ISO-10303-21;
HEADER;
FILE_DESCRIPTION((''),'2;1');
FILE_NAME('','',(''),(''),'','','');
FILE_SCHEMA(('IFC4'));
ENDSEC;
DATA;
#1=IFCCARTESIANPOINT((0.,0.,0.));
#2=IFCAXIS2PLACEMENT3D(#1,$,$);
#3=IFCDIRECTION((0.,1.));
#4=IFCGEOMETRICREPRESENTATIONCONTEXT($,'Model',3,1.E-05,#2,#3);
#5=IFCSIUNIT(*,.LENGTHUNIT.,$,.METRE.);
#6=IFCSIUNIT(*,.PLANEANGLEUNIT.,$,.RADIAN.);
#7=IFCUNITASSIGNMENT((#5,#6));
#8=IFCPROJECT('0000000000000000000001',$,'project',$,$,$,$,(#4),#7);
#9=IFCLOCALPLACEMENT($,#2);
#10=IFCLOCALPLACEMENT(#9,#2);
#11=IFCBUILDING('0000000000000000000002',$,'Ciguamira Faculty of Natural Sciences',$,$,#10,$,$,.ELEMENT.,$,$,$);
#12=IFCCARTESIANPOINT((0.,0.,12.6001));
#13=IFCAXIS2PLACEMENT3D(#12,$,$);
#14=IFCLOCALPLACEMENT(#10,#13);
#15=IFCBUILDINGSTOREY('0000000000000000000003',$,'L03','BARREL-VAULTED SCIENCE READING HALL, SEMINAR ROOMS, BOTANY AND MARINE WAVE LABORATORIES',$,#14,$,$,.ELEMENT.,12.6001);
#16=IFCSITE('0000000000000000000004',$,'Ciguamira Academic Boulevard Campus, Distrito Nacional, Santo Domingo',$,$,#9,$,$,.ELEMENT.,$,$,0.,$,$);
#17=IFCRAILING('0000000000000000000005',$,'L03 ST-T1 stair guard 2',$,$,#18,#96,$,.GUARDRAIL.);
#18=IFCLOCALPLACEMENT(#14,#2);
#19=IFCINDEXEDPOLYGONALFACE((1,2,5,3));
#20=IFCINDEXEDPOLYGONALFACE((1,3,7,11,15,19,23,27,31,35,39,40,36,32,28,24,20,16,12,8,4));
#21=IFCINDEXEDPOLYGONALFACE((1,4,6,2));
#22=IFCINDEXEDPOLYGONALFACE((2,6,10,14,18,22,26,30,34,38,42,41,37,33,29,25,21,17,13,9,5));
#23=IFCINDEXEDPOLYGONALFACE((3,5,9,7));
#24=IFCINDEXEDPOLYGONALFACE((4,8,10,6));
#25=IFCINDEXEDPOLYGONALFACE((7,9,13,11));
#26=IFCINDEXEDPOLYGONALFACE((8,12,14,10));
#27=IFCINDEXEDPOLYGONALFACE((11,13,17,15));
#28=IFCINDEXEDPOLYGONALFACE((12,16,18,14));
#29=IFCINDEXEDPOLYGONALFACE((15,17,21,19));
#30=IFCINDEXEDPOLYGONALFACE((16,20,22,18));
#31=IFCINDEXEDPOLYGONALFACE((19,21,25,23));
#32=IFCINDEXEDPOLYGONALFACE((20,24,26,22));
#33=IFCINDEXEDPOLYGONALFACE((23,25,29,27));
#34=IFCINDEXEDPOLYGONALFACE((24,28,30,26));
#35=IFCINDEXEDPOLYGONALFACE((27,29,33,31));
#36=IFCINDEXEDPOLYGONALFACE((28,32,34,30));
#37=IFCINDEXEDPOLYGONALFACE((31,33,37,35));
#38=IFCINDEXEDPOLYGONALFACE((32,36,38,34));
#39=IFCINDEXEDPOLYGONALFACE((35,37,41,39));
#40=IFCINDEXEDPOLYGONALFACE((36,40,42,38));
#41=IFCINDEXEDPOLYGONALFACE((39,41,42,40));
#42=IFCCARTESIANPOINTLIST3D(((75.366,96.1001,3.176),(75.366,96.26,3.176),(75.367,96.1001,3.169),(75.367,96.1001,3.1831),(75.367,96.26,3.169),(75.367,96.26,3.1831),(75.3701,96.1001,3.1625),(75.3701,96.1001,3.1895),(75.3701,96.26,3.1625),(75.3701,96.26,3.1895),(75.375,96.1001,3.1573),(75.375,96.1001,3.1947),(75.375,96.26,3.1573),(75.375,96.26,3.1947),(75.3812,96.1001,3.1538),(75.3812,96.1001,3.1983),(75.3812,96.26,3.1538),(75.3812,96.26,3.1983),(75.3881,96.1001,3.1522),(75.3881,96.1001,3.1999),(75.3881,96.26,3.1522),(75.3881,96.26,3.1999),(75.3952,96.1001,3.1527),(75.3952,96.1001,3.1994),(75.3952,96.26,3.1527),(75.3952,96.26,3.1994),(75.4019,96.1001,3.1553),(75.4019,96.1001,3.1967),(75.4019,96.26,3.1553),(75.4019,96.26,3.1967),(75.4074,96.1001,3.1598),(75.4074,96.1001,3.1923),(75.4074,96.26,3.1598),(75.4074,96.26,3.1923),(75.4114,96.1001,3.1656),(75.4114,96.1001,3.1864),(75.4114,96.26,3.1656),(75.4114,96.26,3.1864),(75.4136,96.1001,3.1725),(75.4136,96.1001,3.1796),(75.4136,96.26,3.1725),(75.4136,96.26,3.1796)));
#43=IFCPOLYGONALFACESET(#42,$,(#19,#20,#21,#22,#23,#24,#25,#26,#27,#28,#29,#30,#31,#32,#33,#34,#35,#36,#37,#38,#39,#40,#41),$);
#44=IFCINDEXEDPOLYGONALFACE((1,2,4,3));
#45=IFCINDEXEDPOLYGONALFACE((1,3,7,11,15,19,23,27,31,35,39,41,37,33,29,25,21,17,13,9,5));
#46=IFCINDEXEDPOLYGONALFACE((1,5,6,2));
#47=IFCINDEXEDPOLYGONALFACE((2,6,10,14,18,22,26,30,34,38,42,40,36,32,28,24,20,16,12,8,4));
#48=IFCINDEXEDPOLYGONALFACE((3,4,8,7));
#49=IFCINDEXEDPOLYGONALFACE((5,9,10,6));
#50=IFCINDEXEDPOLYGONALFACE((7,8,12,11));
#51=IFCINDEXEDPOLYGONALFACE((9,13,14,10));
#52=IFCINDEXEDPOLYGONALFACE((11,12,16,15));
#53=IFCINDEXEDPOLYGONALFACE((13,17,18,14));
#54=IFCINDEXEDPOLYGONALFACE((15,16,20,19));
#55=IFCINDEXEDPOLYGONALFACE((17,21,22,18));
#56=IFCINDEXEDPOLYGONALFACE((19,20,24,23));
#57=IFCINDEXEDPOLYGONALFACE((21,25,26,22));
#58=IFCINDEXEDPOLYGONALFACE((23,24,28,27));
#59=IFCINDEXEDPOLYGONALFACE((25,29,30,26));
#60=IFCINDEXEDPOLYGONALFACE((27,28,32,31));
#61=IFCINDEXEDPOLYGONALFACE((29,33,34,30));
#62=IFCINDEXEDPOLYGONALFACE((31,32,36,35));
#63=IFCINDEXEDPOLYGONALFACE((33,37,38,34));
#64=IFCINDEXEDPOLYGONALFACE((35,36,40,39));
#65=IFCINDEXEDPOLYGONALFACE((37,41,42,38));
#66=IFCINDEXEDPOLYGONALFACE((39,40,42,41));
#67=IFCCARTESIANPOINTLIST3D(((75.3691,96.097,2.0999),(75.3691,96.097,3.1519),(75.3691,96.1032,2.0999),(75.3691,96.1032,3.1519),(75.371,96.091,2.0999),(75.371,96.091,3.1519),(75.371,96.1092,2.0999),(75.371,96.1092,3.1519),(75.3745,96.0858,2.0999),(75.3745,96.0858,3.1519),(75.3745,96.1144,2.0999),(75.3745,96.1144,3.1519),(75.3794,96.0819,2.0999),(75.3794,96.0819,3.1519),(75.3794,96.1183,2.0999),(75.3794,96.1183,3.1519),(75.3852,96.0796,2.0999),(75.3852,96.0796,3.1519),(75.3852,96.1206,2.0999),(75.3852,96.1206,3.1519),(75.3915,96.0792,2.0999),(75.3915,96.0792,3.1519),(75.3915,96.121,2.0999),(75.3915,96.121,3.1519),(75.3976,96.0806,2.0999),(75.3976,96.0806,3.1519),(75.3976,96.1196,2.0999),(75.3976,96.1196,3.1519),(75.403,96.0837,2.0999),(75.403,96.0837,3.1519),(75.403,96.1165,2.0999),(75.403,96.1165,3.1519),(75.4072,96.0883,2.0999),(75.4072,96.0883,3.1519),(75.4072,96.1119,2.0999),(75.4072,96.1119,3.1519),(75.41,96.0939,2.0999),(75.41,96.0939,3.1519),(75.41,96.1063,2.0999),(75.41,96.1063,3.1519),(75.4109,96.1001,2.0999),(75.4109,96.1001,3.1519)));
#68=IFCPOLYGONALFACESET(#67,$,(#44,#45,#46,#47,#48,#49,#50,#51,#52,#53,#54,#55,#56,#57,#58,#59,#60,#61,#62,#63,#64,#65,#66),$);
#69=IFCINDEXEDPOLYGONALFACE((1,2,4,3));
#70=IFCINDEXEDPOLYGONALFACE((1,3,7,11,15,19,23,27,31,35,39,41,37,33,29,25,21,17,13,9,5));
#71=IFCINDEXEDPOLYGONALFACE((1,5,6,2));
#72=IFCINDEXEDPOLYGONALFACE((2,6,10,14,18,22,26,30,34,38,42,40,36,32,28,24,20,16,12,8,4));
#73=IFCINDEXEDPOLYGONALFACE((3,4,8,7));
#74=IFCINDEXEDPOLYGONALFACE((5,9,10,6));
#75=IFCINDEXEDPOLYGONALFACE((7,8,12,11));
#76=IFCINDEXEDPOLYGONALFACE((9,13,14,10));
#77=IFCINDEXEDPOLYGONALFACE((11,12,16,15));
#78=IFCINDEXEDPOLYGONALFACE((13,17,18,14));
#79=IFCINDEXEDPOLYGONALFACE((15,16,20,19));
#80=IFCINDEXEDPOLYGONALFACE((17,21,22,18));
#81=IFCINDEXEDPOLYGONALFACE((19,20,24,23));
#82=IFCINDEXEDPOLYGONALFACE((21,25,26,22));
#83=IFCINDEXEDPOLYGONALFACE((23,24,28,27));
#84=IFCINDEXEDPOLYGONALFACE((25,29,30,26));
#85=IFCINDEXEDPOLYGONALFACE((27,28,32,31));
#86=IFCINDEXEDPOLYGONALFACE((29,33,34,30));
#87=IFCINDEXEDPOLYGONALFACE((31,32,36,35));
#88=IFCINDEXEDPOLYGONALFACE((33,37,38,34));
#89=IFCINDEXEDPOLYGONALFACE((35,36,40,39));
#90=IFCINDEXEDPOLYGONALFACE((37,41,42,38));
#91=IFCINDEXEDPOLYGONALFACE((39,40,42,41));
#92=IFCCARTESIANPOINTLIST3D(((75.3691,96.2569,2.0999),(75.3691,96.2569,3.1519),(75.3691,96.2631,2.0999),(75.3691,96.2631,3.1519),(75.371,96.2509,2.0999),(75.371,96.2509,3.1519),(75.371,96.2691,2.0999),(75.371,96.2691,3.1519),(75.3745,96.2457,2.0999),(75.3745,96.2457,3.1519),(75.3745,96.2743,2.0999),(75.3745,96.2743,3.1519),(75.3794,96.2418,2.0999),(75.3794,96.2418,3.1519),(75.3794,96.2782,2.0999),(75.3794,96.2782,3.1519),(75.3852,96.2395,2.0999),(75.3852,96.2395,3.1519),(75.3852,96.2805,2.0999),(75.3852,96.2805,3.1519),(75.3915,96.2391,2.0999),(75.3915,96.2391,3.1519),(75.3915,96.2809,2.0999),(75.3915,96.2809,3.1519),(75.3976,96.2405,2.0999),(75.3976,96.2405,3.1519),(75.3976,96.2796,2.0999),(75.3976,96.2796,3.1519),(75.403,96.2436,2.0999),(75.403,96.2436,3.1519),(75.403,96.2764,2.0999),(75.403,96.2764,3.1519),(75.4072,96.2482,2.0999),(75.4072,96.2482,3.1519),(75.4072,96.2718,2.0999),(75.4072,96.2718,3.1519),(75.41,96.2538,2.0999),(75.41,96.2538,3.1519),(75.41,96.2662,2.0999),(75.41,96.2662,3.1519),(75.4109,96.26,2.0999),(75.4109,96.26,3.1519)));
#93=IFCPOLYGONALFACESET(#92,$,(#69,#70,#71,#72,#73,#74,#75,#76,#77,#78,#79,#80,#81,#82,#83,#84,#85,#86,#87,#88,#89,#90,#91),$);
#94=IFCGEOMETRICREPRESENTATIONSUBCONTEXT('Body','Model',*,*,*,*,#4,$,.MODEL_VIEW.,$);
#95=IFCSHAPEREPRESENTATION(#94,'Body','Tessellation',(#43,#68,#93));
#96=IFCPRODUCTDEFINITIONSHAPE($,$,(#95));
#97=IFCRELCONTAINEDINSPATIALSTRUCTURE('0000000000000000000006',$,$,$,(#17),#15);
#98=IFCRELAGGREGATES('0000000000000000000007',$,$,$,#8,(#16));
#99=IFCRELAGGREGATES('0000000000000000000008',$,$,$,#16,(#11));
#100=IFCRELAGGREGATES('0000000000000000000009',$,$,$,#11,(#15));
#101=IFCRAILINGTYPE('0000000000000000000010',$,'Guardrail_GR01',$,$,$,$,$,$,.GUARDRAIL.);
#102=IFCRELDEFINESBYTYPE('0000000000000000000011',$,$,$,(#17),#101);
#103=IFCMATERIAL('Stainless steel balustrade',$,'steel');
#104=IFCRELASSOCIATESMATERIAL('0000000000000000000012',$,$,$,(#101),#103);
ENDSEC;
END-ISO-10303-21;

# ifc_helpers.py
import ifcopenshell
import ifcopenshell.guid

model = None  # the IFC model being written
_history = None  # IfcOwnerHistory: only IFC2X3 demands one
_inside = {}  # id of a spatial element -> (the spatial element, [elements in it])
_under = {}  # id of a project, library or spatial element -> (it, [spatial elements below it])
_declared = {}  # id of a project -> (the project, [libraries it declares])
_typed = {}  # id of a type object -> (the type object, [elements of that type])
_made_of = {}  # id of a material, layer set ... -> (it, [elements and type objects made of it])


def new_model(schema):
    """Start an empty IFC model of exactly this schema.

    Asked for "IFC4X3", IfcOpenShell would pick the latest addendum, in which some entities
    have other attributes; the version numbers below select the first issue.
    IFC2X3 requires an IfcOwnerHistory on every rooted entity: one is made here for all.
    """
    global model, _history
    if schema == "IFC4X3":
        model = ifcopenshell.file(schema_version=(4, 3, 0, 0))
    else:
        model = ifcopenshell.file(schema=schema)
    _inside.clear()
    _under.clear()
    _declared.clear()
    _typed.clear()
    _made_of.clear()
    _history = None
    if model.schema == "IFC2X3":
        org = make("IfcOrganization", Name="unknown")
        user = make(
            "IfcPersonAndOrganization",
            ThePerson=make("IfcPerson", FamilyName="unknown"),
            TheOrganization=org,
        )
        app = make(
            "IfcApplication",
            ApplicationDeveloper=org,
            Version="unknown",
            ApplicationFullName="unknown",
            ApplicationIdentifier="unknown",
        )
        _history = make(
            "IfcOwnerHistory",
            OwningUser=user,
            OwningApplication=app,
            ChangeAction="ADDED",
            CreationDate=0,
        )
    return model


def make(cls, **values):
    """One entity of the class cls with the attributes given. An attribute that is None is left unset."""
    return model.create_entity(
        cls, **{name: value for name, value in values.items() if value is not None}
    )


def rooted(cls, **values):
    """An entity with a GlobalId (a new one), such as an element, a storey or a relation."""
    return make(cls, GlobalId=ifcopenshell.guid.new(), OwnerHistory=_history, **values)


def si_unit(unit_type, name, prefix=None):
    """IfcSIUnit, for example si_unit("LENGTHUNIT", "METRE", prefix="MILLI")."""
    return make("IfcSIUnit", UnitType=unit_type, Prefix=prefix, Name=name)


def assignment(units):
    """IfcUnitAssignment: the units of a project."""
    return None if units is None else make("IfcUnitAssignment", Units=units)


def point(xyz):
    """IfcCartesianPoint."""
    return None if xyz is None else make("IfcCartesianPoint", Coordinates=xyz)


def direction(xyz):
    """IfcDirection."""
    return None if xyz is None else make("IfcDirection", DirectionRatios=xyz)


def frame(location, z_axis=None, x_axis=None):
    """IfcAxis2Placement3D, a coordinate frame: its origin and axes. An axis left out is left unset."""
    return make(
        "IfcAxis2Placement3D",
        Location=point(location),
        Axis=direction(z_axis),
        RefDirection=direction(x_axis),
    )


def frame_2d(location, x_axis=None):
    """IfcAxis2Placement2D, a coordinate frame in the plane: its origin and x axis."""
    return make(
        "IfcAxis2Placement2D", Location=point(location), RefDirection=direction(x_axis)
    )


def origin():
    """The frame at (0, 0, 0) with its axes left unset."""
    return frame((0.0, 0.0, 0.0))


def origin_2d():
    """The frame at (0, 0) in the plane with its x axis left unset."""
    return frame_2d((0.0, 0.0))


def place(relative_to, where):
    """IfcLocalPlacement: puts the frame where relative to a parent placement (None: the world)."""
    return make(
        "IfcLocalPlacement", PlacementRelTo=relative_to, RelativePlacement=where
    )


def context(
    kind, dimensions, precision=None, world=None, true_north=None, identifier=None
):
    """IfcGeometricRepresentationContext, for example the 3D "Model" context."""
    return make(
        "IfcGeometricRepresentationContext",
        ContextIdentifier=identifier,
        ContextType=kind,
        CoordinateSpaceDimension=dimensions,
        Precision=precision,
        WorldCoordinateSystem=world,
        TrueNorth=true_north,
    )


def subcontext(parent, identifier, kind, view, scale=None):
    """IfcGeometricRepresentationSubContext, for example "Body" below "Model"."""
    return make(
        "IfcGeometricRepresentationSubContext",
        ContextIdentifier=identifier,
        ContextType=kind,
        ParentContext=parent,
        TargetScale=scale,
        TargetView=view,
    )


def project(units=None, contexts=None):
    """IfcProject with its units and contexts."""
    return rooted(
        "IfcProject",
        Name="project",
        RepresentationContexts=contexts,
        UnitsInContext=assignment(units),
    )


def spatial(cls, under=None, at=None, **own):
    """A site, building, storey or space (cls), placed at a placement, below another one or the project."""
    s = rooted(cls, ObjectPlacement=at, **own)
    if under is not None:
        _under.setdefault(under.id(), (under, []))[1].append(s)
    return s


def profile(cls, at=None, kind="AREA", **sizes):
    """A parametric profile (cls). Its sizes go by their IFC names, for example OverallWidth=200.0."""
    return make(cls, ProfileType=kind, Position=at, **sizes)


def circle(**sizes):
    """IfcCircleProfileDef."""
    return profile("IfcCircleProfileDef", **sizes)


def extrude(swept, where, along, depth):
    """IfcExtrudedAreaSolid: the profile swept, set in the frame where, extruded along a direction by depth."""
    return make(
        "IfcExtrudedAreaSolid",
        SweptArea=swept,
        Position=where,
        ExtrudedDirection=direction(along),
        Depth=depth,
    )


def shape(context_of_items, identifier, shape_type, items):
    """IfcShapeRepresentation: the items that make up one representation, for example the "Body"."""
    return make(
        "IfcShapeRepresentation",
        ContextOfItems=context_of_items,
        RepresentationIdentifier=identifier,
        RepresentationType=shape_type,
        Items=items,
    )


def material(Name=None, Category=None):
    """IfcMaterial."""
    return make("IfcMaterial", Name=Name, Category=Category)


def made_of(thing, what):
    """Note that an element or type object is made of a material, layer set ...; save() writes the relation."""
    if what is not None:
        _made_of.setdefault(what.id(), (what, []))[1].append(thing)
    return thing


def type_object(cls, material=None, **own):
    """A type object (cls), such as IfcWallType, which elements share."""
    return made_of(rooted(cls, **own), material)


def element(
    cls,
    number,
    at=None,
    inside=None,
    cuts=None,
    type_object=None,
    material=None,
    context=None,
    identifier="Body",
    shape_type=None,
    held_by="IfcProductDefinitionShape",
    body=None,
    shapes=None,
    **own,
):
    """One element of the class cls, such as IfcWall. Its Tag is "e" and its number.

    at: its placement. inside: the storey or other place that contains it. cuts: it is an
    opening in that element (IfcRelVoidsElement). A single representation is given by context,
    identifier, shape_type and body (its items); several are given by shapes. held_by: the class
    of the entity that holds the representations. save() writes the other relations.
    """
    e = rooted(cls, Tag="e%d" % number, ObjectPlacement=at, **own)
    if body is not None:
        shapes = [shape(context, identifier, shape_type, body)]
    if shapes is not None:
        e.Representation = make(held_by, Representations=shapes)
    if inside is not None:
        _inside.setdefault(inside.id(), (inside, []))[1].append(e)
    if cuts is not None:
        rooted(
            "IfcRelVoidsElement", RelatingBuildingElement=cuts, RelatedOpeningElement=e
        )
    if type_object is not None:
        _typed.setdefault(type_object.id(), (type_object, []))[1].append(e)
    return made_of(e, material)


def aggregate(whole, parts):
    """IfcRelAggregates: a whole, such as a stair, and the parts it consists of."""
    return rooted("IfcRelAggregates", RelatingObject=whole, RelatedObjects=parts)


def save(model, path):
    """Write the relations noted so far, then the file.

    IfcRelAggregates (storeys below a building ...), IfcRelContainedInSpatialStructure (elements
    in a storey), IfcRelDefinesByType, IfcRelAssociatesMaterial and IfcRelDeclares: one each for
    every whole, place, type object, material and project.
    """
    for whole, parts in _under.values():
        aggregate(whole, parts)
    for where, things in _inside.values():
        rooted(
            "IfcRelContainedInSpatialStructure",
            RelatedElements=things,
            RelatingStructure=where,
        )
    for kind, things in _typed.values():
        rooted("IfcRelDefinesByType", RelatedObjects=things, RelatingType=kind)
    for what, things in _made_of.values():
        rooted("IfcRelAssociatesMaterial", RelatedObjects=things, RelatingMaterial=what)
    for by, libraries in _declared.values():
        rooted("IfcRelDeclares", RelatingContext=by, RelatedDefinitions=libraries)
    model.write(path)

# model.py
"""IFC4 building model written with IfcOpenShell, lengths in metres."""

from ifc_helpers import new_model, si_unit, direction, frame, origin, origin_2d, place, context, subcontext, project, spatial, circle, extrude, material, type_object, element, save


model = new_model("IFC4")

# Units and contexts
model_context = context("Model", 3, precision=1e-05, world=origin(), true_north=direction((0.0, 1.0)))
body_context = subcontext(model_context, "Body", "Model", "MODEL_VIEW")
ifc_project = project(units=[si_unit("LENGTHUNIT", "METRE"), si_unit("PLANEANGLEUNIT", "RADIAN")], contexts=[model_context])

# Site, building, storey
site_placement = place(None, origin())
site = spatial("IfcSite", under=ifc_project, at=site_placement, Name="Ciguamira Academic Boulevard Campus, Distrito Nacional, Santo Domingo", CompositionType="ELEMENT", RefElevation=0.0)
building_placement = place(site_placement, origin())
building = spatial("IfcBuilding", under=site, at=building_placement, Name="Ciguamira Faculty of Natural Sciences", CompositionType="ELEMENT")
storey_placement = place(building_placement, frame((0.0, 0.0, 12.6001)))
storey = spatial("IfcBuildingStorey", under=building, at=storey_placement, Name="L03", Description="BARREL-VAULTED SCIENCE READING HALL, SEMINAR ROOMS, BOTANY AND MARINE WAVE LABORATORIES", CompositionType="ELEMENT", Elevation=12.6001)

# Railing
ifc_material_1 = material(Name="Stainless steel balustrade", Category="steel")
railing_type_1 = type_object("IfcRailingType", Name="Guardrail_GR01", PredefinedType="GUARDRAIL", material=ifc_material_1)
railing_1_placement = place(storey_placement, frame((75.3899, 96.1001, 2.0999)))
element("IfcRailing", 1, at=railing_1_placement, inside=storey, type_object=railing_type_1, Name="L03 ST-T1 stair guard 2", PredefinedType="GUARDRAIL", context=body_context, shape_type="SweptSolid", body=[
    extrude(circle(Radius=0.0239, at=origin_2d()), frame((0.0, 0.0, 1.0762), z_axis=(0.0, 1.0, 0.0), x_axis=(-1.0, 0.0, 0.0)), (0.0, 0.0, 1.0), 0.1599),
    extrude(circle(Radius=0.021, at=origin_2d()), origin(), (0.0, 0.0, 1.0), 1.052),
    extrude(circle(Radius=0.021, at=origin_2d()), frame((0.0, 0.1599, 0.0)), (0.0, 0.0, 1.0), 1.052),
])

save(model, "model.ifc")
